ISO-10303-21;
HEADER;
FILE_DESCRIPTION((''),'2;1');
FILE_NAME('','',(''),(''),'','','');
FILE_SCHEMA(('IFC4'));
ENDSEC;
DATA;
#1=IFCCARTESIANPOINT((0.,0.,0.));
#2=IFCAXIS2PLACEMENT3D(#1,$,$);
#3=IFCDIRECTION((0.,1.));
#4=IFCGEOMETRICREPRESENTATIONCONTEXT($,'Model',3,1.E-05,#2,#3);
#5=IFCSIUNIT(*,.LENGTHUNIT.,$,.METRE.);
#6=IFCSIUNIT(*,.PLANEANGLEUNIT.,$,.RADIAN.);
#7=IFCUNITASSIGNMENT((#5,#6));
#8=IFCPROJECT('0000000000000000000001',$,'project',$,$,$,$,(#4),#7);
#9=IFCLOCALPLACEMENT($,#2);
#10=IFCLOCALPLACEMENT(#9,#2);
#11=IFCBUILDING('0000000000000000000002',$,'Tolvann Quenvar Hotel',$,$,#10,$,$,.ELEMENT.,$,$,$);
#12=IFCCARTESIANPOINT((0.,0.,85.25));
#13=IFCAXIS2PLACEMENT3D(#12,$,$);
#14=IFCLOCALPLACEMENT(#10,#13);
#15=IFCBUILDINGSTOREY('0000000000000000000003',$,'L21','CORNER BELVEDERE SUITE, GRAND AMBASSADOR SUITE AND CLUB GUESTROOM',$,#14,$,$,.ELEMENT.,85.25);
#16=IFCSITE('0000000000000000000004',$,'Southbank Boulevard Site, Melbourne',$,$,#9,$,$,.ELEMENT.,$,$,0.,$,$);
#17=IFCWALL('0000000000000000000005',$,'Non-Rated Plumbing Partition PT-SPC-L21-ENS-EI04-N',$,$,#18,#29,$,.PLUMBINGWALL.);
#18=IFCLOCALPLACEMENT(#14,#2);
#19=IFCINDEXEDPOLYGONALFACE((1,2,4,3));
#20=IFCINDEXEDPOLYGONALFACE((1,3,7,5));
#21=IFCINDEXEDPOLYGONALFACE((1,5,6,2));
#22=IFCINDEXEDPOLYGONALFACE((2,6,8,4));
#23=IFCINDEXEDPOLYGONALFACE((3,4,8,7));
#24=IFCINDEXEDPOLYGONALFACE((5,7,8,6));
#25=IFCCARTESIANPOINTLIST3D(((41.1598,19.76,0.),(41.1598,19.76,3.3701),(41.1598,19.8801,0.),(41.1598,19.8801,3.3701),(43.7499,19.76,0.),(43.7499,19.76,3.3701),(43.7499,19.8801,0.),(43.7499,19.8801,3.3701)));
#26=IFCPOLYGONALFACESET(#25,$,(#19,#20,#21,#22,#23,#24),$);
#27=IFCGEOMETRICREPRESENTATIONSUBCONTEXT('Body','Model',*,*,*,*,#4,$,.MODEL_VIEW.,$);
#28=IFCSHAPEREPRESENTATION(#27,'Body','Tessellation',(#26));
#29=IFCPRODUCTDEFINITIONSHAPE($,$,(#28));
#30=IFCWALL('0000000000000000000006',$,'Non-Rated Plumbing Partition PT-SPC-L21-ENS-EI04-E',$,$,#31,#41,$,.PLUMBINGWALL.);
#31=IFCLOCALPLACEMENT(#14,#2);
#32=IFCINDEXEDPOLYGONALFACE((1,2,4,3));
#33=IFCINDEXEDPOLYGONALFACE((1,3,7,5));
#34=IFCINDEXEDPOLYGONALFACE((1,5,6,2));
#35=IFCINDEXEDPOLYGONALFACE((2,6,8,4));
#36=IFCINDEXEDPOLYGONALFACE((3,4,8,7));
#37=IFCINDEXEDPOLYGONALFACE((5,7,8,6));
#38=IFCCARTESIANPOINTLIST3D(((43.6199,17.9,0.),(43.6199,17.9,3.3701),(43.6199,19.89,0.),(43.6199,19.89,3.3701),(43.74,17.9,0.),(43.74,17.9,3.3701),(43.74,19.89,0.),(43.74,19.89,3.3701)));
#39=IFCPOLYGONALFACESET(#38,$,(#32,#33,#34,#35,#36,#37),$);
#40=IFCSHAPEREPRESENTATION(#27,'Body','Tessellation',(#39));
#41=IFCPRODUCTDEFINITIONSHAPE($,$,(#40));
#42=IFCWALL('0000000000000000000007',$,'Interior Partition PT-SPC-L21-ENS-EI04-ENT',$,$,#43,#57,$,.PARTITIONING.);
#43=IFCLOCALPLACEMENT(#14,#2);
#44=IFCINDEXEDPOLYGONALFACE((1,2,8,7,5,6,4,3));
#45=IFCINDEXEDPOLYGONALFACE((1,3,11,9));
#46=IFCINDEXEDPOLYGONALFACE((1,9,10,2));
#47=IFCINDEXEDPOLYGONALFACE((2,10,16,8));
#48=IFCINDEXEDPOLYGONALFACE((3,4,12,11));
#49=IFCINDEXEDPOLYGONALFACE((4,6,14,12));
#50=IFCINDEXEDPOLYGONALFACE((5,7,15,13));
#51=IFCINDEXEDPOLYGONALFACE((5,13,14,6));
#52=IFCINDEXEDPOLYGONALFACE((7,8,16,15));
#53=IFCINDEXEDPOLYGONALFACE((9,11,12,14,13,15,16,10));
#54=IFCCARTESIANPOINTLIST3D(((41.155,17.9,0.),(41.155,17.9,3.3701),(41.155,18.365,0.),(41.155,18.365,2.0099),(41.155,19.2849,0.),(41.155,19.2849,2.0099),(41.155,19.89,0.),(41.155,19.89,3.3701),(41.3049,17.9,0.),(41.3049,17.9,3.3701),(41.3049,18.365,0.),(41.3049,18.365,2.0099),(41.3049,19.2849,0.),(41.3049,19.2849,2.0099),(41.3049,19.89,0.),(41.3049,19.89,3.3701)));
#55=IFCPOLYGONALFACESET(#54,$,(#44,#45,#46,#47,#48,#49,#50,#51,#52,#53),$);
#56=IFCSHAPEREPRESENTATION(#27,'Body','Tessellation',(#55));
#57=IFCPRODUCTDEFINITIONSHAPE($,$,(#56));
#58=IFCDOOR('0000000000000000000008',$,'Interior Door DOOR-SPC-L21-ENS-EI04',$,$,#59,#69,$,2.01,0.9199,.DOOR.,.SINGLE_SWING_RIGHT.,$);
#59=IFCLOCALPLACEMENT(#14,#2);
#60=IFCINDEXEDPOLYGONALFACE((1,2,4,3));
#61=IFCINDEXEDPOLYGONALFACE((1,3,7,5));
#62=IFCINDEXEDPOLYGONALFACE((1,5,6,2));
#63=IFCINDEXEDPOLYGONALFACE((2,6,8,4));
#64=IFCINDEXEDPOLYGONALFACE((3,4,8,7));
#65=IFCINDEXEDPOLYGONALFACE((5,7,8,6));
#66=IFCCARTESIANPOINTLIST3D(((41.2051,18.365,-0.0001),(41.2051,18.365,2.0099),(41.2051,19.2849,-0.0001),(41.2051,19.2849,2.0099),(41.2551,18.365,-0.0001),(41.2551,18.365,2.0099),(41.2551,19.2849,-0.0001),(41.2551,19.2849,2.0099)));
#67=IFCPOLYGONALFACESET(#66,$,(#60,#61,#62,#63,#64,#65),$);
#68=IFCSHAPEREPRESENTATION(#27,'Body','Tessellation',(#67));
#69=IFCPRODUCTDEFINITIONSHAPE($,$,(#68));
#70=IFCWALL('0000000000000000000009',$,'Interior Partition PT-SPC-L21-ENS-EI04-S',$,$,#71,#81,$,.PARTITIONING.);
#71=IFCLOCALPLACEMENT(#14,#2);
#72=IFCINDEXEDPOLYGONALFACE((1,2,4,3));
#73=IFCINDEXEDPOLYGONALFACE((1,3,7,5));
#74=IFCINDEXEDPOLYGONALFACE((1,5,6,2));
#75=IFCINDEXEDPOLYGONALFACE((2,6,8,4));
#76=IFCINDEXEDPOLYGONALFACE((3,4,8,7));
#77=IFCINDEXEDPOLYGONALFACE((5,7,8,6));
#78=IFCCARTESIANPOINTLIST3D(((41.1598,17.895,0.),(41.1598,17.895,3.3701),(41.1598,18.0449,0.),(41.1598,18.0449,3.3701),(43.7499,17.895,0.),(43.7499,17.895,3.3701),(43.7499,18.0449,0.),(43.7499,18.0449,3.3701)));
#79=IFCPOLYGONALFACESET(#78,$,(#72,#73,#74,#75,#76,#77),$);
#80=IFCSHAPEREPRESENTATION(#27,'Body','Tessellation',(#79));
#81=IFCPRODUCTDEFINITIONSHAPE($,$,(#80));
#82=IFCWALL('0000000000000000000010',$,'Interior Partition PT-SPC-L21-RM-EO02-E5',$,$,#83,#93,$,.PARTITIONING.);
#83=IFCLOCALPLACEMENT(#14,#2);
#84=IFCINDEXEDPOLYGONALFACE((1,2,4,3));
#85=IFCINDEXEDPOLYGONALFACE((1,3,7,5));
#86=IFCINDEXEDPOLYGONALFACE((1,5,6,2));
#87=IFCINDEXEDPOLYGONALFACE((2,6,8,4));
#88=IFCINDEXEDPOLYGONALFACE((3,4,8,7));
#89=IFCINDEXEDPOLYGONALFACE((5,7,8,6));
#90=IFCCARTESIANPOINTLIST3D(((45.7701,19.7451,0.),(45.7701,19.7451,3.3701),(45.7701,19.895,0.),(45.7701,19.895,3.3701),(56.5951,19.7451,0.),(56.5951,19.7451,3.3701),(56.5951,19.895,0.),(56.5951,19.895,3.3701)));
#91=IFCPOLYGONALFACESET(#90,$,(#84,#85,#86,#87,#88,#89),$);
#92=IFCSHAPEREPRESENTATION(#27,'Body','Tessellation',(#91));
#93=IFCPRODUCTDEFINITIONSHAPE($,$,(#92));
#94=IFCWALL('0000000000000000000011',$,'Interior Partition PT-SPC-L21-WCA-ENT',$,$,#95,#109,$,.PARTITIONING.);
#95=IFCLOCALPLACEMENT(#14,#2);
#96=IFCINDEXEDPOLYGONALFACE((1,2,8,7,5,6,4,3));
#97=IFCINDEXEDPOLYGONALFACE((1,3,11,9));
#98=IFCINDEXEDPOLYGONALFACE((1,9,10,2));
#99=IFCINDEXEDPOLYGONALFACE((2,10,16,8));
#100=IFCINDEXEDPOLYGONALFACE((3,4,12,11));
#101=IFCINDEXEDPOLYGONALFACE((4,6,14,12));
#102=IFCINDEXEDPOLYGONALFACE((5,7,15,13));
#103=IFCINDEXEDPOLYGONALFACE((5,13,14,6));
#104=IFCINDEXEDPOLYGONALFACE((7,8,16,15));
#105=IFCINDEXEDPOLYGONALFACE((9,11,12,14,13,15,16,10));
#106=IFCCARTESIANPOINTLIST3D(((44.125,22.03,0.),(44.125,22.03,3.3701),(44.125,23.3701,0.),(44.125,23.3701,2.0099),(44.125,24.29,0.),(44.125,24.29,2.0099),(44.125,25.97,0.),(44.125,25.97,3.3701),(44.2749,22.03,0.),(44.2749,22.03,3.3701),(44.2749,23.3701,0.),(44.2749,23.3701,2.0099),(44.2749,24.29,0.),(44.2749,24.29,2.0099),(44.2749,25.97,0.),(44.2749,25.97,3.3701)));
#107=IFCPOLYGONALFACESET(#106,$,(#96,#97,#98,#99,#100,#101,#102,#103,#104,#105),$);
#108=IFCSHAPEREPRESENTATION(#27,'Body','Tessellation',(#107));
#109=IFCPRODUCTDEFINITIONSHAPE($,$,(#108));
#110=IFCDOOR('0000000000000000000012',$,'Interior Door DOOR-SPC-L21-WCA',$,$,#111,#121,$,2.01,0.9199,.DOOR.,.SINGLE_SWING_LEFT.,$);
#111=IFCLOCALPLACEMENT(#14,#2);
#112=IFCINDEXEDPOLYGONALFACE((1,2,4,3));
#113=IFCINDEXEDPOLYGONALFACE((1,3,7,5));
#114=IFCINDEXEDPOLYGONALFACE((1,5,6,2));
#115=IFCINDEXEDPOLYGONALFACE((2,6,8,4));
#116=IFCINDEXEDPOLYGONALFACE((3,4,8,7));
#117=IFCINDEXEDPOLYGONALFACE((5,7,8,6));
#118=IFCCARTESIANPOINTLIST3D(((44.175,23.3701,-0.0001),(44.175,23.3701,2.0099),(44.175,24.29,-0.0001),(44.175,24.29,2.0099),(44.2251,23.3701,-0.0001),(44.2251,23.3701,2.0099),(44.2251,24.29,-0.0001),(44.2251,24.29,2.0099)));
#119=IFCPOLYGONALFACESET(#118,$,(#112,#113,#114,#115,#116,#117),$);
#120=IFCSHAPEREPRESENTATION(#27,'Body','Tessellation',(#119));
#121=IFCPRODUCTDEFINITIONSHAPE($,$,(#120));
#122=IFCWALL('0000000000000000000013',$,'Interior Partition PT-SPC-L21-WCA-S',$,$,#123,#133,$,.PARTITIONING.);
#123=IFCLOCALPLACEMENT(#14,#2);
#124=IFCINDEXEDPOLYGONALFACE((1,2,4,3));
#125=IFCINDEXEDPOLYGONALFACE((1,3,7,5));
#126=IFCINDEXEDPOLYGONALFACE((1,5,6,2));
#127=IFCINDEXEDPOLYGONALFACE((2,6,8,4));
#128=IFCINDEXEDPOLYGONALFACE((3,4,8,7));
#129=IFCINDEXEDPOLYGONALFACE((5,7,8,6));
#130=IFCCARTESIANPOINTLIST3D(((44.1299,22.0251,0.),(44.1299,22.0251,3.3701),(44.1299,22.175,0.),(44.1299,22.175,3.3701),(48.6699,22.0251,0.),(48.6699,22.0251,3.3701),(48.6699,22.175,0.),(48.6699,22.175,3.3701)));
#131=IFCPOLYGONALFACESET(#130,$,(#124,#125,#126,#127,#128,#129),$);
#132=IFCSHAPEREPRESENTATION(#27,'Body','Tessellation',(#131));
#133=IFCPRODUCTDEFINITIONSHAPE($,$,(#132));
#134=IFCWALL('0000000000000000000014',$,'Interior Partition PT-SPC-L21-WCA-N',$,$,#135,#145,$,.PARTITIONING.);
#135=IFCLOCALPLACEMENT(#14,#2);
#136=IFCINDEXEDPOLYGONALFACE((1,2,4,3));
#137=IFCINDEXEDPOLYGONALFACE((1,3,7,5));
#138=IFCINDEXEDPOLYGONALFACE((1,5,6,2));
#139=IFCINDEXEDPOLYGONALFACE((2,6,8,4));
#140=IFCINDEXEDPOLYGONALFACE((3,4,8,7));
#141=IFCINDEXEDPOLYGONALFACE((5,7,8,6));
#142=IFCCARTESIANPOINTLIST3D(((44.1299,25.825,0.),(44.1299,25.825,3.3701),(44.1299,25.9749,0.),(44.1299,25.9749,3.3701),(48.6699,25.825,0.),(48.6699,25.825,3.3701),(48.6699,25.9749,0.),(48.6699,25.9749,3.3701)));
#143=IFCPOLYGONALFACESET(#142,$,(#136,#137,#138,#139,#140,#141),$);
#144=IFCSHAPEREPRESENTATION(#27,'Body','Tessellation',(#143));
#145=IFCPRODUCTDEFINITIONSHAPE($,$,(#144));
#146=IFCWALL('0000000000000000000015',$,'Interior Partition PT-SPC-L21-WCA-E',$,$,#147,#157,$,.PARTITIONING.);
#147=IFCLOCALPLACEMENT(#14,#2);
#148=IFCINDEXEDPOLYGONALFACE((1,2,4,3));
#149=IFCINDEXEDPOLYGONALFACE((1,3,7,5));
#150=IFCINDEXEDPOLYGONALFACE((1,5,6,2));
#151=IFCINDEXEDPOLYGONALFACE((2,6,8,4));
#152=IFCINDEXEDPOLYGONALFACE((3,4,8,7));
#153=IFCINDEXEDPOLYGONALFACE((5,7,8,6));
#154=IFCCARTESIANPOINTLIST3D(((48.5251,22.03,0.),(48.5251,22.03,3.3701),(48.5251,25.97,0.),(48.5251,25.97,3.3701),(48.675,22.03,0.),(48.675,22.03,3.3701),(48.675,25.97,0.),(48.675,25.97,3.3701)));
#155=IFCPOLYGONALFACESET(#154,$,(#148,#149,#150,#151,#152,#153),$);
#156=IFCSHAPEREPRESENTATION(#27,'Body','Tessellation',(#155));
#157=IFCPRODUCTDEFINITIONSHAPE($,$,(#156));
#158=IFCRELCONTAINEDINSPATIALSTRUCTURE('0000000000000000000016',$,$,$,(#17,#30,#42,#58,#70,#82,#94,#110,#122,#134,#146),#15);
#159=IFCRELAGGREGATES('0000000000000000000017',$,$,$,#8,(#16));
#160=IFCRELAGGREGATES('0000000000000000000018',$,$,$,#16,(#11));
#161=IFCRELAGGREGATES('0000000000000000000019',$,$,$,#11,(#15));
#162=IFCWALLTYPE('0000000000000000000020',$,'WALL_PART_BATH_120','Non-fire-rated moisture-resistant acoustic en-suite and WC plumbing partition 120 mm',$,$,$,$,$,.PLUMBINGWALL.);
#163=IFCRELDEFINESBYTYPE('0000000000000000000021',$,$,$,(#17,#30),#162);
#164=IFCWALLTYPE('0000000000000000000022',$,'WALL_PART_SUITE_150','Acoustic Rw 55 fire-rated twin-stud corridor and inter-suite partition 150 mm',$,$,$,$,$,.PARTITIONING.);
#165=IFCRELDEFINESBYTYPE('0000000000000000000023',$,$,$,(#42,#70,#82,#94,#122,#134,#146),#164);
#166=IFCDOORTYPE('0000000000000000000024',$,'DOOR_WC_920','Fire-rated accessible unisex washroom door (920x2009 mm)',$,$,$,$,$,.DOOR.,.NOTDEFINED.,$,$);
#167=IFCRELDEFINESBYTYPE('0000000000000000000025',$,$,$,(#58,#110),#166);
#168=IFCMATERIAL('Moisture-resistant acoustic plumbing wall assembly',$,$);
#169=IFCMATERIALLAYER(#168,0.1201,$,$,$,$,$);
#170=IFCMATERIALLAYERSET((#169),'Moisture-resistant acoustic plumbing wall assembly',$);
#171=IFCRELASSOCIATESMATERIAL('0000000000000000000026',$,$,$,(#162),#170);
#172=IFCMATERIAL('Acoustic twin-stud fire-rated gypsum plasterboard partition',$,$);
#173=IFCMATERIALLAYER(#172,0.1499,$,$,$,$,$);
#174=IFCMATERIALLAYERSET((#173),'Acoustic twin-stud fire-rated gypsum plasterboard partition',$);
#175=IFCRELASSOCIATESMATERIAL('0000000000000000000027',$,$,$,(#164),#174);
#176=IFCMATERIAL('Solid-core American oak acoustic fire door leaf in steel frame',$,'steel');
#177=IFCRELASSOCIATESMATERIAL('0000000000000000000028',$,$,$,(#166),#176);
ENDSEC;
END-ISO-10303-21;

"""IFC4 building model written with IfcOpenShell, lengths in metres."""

from ifc_helpers import new_model, si_unit, direction, frame, frame_2d, origin, place, context, subcontext, project, spatial, rectangle, extrude, source, transform, mapped, material, layer, layer_set, type_object, type_shapes, element, fill, save


model = new_model("IFC4")

# Units and contexts
model_context = context("Model", 3, precision=1e-05, world=origin(), true_north=direction((0.0, 1.0)))
body_context = subcontext(model_context, "Body", "Model", "MODEL_VIEW")
ifc_project = project(units=[si_unit("LENGTHUNIT", "METRE"), si_unit("PLANEANGLEUNIT", "RADIAN")], contexts=[model_context])

# Site, building, storey
site_placement = place(None, origin())
site = spatial("IfcSite", under=ifc_project, at=site_placement, Name="Southbank Boulevard Site, Melbourne", CompositionType="ELEMENT", RefElevation=0.0)
building_placement = place(site_placement, origin())
building = spatial("IfcBuilding", under=site, at=building_placement, Name="Tolvann Quenvar Hotel", CompositionType="ELEMENT")
storey_placement = place(building_placement, frame((0.0, 0.0, 85.25)))
storey = spatial("IfcBuildingStorey", under=building, at=storey_placement, Name="L21", Description="CORNER BELVEDERE SUITE, GRAND AMBASSADOR SUITE AND CLUB GUESTROOM", CompositionType="ELEMENT", Elevation=85.25)

# Walls
ifc_material_1 = material(Name="Moisture-resistant acoustic plumbing wall assembly")
ifc_layer_1 = layer(ifc_material_1, 0.1201)
ifc_layer_set_1 = layer_set([ifc_layer_1], Name="Moisture-resistant acoustic plumbing wall assembly")
wall_type_1 = type_object("IfcWallType", Name="WALL_PART_BATH_120", Description="Non-fire-rated moisture-resistant acoustic en-suite and WC plumbing partition 120 mm", PredefinedType="PLUMBINGWALL", material=ifc_layer_set_1)
wall_1_placement = place(storey_placement, frame((41.1599, 19.8201, 0.0), z_axis=(0.0, 0.0, 1.0), x_axis=(1.0, 0.0, 0.0)))
element("IfcWall", 1, at=wall_1_placement, inside=storey, type_object=wall_type_1, Name="Non-Rated Plumbing Partition PT-SPC-L21-ENS-EI04-N", PredefinedType="PLUMBINGWALL", context=body_context, shape_type="SweptSolid", body=[
    extrude(rectangle(XDim=2.5901, YDim=0.1201, at=frame_2d((1.2949, 0.0))), origin(), (0.0, 0.0, 1.0), 3.3701),
])
wall_2_placement = place(storey_placement, frame((43.6799, 17.8999, 0.0), z_axis=(0.0, 0.0, 1.0), x_axis=(0.0, 1.0, 0.0)))
element("IfcWall", 2, at=wall_2_placement, inside=storey, type_object=wall_type_1, Name="Non-Rated Plumbing Partition PT-SPC-L21-ENS-EI04-E", PredefinedType="PLUMBINGWALL", context=body_context, shape_type="SweptSolid", body=[
    extrude(rectangle(XDim=1.99, YDim=0.1201, at=frame_2d((0.9951, 0.0))), origin(), (0.0, 0.0, 1.0), 3.3701),
])

# Wall, opening, door
ifc_material_2 = material(Name="Acoustic twin-stud fire-rated gypsum plasterboard partition")
ifc_layer_2 = layer(ifc_material_2, 0.1499)
ifc_layer_set_2 = layer_set([ifc_layer_2], Name="Acoustic twin-stud fire-rated gypsum plasterboard partition")
wall_type_2 = type_object("IfcWallType", Name="WALL_PART_SUITE_150", Description="Acoustic Rw 55 fire-rated twin-stud corridor and inter-suite partition 150 mm", PredefinedType="PARTITIONING", material=ifc_layer_set_2)
wall_3_placement = place(storey_placement, frame((41.23, 17.8999, 0.0), z_axis=(0.0, 0.0, 1.0), x_axis=(0.0, 1.0, 0.0)))
wall_3 = element("IfcWall", 3, at=wall_3_placement, inside=storey, type_object=wall_type_2, Name="Interior Partition PT-SPC-L21-ENS-EI04-ENT", PredefinedType="PARTITIONING", context=body_context, shape_type="SweptSolid", body=[
    extrude(rectangle(XDim=1.99, YDim=0.1499, at=frame_2d((0.9951, 0.0))), origin(), (0.0, 0.0, 1.0), 3.3701),
])
opening_1_placement = place(wall_3_placement, frame((0.4651, 0.0, 0.0)))
opening_1 = element("IfcOpeningElement", 4, at=opening_1_placement, cuts=wall_3, PredefinedType="OPENING", context=body_context, shape_type="SweptSolid", body=[
    extrude(rectangle(XDim=0.9199, YDim=2.01, at=frame_2d((0.46, 1.0049))), frame((0.0, 0.085, 0.0), z_axis=(0.0, -1.0, 0.0), x_axis=(1.0, 0.0, 0.0)), (0.0, 0.0, 1.0), 0.1699),
])
ifc_material_3 = material(Name="Solid-core American oak acoustic fire door leaf in steel frame", Category="steel")
door_type = type_object("IfcDoorType", Name="DOOR_WC_920", Description="Fire-rated accessible unisex washroom door (920x2009 mm)", OperationType="NOTDEFINED", PredefinedType="DOOR", material=ifc_material_3)
shared_shape_1 = source(origin(), body_context, "Body", "SweptSolid", [
    extrude(rectangle(XDim=0.9199, YDim=2.01, at=frame_2d((0.46, 1.0049))), frame((0.0, 0.0249, 0.0), z_axis=(0.0, -1.0, 0.0), x_axis=(1.0, 0.0, 0.0)), (0.0, 0.0, 1.0), 0.05),
])
type_shapes(door_type, [shared_shape_1])
door_1_placement = place(opening_1_placement, origin())
door_1 = element("IfcDoor", 5, at=door_1_placement, inside=storey, type_object=door_type, Name="Interior Door DOOR-SPC-L21-ENS-EI04", OperationType="SINGLE_SWING_RIGHT", OverallHeight=2.01, OverallWidth=0.9199, PredefinedType="DOOR", context=body_context, shape_type="MappedRepresentation", body=[
    mapped(shared_shape_1, transform((0.0, 0.0, 0.0), x_axis=(1.0, 0.0, 0.0), y_axis=(0.0, 1.0, 0.0), z_axis=(0.0, 0.0, 1.0), scale=1.0)),
])
fill(opening_1, door_1)

# Walls
wall_4_placement = place(storey_placement, frame((41.1599, 17.97, 0.0), z_axis=(0.0, 0.0, 1.0), x_axis=(1.0, 0.0, 0.0)))
element("IfcWall", 6, at=wall_4_placement, inside=storey, type_object=wall_type_2, Name="Interior Partition PT-SPC-L21-ENS-EI04-S", PredefinedType="PARTITIONING", context=body_context, shape_type="SweptSolid", body=[
    extrude(rectangle(XDim=2.5901, YDim=0.1499, at=frame_2d((1.2949, 0.0))), origin(), (0.0, 0.0, 1.0), 3.3701),
])
wall_5_placement = place(storey_placement, frame((45.77, 19.8201, 0.0), z_axis=(0.0, 0.0, 1.0), x_axis=(1.0, 0.0, 0.0)))
element("IfcWall", 7, at=wall_5_placement, inside=storey, type_object=wall_type_2, Name="Interior Partition PT-SPC-L21-RM-EO02-E5", PredefinedType="PARTITIONING", context=body_context, shape_type="SweptSolid", body=[
    extrude(rectangle(XDim=10.825, YDim=0.1499, at=frame_2d((5.4126, 0.0))), origin(), (0.0, 0.0, 1.0), 3.3701),
])

# Wall, opening, door
wall_6_placement = place(storey_placement, frame((44.2, 22.03, 0.0), z_axis=(0.0, 0.0, 1.0), x_axis=(0.0, 1.0, 0.0)))
wall_6 = element("IfcWall", 8, at=wall_6_placement, inside=storey, type_object=wall_type_2, Name="Interior Partition PT-SPC-L21-WCA-ENT", PredefinedType="PARTITIONING", context=body_context, shape_type="SweptSolid", body=[
    extrude(rectangle(XDim=3.9399, YDim=0.1499, at=frame_2d((1.97, 0.0))), origin(), (0.0, 0.0, 1.0), 3.3701),
])
opening_2_placement = place(wall_6_placement, frame((1.3401, 0.0, 0.0)))
opening_2 = element("IfcOpeningElement", 9, at=opening_2_placement, cuts=wall_6, PredefinedType="OPENING", context=body_context, shape_type="SweptSolid", body=[
    extrude(rectangle(XDim=0.9199, YDim=2.01, at=frame_2d((0.46, 1.0049))), frame((0.0, 0.085, 0.0), z_axis=(0.0, -1.0, 0.0), x_axis=(1.0, 0.0, 0.0)), (0.0, 0.0, 1.0), 0.1699),
])
door_2_placement = place(opening_2_placement, origin())
door_2 = element("IfcDoor", 10, at=door_2_placement, inside=storey, type_object=door_type, Name="Interior Door DOOR-SPC-L21-WCA", OperationType="SINGLE_SWING_LEFT", OverallHeight=2.01, OverallWidth=0.9199, PredefinedType="DOOR", context=body_context, shape_type="MappedRepresentation", body=[
    mapped(shared_shape_1, transform((0.0, 0.0, 0.0), x_axis=(1.0, 0.0, 0.0), y_axis=(0.0, 1.0, 0.0), z_axis=(0.0, 0.0, 1.0), scale=1.0)),
])
fill(opening_2, door_2)

# Walls
for number, where, z_axis, x_axis, name in (
    (11, (44.1299, 22.1001, 0.0), (0.0, 0.0, 1.0), (1.0, 0.0, 0.0), "Interior Partition PT-SPC-L21-WCA-S"),
    (12, (44.1299, 25.8999, 0.0), (0.0, 0.0, 1.0), (1.0, 0.0, 0.0), "Interior Partition PT-SPC-L21-WCA-N"),
):
    element("IfcWall", number, at=place(storey_placement, frame(where, z_axis=z_axis, x_axis=x_axis)), inside=storey, type_object=wall_type_2, Name=name, PredefinedType="PARTITIONING", context=body_context, shape_type="SweptSolid", body=[
        extrude(rectangle(XDim=4.54, YDim=0.1499, at=frame_2d((2.27, 0.0))), origin(), (0.0, 0.0, 1.0), 3.3701),
    ])
wall_7_placement = place(storey_placement, frame((48.6001, 22.03, 0.0), z_axis=(0.0, 0.0, 1.0), x_axis=(0.0, 1.0, 0.0)))
element("IfcWall", 13, at=wall_7_placement, inside=storey, type_object=wall_type_2, Name="Interior Partition PT-SPC-L21-WCA-E", PredefinedType="PARTITIONING", context=body_context, shape_type="SweptSolid", body=[
    extrude(rectangle(XDim=3.9399, YDim=0.1499, at=frame_2d((1.97, 0.0))), origin(), (0.0, 0.0, 1.0), 3.3701),
])

save(model, "model.ifc")
